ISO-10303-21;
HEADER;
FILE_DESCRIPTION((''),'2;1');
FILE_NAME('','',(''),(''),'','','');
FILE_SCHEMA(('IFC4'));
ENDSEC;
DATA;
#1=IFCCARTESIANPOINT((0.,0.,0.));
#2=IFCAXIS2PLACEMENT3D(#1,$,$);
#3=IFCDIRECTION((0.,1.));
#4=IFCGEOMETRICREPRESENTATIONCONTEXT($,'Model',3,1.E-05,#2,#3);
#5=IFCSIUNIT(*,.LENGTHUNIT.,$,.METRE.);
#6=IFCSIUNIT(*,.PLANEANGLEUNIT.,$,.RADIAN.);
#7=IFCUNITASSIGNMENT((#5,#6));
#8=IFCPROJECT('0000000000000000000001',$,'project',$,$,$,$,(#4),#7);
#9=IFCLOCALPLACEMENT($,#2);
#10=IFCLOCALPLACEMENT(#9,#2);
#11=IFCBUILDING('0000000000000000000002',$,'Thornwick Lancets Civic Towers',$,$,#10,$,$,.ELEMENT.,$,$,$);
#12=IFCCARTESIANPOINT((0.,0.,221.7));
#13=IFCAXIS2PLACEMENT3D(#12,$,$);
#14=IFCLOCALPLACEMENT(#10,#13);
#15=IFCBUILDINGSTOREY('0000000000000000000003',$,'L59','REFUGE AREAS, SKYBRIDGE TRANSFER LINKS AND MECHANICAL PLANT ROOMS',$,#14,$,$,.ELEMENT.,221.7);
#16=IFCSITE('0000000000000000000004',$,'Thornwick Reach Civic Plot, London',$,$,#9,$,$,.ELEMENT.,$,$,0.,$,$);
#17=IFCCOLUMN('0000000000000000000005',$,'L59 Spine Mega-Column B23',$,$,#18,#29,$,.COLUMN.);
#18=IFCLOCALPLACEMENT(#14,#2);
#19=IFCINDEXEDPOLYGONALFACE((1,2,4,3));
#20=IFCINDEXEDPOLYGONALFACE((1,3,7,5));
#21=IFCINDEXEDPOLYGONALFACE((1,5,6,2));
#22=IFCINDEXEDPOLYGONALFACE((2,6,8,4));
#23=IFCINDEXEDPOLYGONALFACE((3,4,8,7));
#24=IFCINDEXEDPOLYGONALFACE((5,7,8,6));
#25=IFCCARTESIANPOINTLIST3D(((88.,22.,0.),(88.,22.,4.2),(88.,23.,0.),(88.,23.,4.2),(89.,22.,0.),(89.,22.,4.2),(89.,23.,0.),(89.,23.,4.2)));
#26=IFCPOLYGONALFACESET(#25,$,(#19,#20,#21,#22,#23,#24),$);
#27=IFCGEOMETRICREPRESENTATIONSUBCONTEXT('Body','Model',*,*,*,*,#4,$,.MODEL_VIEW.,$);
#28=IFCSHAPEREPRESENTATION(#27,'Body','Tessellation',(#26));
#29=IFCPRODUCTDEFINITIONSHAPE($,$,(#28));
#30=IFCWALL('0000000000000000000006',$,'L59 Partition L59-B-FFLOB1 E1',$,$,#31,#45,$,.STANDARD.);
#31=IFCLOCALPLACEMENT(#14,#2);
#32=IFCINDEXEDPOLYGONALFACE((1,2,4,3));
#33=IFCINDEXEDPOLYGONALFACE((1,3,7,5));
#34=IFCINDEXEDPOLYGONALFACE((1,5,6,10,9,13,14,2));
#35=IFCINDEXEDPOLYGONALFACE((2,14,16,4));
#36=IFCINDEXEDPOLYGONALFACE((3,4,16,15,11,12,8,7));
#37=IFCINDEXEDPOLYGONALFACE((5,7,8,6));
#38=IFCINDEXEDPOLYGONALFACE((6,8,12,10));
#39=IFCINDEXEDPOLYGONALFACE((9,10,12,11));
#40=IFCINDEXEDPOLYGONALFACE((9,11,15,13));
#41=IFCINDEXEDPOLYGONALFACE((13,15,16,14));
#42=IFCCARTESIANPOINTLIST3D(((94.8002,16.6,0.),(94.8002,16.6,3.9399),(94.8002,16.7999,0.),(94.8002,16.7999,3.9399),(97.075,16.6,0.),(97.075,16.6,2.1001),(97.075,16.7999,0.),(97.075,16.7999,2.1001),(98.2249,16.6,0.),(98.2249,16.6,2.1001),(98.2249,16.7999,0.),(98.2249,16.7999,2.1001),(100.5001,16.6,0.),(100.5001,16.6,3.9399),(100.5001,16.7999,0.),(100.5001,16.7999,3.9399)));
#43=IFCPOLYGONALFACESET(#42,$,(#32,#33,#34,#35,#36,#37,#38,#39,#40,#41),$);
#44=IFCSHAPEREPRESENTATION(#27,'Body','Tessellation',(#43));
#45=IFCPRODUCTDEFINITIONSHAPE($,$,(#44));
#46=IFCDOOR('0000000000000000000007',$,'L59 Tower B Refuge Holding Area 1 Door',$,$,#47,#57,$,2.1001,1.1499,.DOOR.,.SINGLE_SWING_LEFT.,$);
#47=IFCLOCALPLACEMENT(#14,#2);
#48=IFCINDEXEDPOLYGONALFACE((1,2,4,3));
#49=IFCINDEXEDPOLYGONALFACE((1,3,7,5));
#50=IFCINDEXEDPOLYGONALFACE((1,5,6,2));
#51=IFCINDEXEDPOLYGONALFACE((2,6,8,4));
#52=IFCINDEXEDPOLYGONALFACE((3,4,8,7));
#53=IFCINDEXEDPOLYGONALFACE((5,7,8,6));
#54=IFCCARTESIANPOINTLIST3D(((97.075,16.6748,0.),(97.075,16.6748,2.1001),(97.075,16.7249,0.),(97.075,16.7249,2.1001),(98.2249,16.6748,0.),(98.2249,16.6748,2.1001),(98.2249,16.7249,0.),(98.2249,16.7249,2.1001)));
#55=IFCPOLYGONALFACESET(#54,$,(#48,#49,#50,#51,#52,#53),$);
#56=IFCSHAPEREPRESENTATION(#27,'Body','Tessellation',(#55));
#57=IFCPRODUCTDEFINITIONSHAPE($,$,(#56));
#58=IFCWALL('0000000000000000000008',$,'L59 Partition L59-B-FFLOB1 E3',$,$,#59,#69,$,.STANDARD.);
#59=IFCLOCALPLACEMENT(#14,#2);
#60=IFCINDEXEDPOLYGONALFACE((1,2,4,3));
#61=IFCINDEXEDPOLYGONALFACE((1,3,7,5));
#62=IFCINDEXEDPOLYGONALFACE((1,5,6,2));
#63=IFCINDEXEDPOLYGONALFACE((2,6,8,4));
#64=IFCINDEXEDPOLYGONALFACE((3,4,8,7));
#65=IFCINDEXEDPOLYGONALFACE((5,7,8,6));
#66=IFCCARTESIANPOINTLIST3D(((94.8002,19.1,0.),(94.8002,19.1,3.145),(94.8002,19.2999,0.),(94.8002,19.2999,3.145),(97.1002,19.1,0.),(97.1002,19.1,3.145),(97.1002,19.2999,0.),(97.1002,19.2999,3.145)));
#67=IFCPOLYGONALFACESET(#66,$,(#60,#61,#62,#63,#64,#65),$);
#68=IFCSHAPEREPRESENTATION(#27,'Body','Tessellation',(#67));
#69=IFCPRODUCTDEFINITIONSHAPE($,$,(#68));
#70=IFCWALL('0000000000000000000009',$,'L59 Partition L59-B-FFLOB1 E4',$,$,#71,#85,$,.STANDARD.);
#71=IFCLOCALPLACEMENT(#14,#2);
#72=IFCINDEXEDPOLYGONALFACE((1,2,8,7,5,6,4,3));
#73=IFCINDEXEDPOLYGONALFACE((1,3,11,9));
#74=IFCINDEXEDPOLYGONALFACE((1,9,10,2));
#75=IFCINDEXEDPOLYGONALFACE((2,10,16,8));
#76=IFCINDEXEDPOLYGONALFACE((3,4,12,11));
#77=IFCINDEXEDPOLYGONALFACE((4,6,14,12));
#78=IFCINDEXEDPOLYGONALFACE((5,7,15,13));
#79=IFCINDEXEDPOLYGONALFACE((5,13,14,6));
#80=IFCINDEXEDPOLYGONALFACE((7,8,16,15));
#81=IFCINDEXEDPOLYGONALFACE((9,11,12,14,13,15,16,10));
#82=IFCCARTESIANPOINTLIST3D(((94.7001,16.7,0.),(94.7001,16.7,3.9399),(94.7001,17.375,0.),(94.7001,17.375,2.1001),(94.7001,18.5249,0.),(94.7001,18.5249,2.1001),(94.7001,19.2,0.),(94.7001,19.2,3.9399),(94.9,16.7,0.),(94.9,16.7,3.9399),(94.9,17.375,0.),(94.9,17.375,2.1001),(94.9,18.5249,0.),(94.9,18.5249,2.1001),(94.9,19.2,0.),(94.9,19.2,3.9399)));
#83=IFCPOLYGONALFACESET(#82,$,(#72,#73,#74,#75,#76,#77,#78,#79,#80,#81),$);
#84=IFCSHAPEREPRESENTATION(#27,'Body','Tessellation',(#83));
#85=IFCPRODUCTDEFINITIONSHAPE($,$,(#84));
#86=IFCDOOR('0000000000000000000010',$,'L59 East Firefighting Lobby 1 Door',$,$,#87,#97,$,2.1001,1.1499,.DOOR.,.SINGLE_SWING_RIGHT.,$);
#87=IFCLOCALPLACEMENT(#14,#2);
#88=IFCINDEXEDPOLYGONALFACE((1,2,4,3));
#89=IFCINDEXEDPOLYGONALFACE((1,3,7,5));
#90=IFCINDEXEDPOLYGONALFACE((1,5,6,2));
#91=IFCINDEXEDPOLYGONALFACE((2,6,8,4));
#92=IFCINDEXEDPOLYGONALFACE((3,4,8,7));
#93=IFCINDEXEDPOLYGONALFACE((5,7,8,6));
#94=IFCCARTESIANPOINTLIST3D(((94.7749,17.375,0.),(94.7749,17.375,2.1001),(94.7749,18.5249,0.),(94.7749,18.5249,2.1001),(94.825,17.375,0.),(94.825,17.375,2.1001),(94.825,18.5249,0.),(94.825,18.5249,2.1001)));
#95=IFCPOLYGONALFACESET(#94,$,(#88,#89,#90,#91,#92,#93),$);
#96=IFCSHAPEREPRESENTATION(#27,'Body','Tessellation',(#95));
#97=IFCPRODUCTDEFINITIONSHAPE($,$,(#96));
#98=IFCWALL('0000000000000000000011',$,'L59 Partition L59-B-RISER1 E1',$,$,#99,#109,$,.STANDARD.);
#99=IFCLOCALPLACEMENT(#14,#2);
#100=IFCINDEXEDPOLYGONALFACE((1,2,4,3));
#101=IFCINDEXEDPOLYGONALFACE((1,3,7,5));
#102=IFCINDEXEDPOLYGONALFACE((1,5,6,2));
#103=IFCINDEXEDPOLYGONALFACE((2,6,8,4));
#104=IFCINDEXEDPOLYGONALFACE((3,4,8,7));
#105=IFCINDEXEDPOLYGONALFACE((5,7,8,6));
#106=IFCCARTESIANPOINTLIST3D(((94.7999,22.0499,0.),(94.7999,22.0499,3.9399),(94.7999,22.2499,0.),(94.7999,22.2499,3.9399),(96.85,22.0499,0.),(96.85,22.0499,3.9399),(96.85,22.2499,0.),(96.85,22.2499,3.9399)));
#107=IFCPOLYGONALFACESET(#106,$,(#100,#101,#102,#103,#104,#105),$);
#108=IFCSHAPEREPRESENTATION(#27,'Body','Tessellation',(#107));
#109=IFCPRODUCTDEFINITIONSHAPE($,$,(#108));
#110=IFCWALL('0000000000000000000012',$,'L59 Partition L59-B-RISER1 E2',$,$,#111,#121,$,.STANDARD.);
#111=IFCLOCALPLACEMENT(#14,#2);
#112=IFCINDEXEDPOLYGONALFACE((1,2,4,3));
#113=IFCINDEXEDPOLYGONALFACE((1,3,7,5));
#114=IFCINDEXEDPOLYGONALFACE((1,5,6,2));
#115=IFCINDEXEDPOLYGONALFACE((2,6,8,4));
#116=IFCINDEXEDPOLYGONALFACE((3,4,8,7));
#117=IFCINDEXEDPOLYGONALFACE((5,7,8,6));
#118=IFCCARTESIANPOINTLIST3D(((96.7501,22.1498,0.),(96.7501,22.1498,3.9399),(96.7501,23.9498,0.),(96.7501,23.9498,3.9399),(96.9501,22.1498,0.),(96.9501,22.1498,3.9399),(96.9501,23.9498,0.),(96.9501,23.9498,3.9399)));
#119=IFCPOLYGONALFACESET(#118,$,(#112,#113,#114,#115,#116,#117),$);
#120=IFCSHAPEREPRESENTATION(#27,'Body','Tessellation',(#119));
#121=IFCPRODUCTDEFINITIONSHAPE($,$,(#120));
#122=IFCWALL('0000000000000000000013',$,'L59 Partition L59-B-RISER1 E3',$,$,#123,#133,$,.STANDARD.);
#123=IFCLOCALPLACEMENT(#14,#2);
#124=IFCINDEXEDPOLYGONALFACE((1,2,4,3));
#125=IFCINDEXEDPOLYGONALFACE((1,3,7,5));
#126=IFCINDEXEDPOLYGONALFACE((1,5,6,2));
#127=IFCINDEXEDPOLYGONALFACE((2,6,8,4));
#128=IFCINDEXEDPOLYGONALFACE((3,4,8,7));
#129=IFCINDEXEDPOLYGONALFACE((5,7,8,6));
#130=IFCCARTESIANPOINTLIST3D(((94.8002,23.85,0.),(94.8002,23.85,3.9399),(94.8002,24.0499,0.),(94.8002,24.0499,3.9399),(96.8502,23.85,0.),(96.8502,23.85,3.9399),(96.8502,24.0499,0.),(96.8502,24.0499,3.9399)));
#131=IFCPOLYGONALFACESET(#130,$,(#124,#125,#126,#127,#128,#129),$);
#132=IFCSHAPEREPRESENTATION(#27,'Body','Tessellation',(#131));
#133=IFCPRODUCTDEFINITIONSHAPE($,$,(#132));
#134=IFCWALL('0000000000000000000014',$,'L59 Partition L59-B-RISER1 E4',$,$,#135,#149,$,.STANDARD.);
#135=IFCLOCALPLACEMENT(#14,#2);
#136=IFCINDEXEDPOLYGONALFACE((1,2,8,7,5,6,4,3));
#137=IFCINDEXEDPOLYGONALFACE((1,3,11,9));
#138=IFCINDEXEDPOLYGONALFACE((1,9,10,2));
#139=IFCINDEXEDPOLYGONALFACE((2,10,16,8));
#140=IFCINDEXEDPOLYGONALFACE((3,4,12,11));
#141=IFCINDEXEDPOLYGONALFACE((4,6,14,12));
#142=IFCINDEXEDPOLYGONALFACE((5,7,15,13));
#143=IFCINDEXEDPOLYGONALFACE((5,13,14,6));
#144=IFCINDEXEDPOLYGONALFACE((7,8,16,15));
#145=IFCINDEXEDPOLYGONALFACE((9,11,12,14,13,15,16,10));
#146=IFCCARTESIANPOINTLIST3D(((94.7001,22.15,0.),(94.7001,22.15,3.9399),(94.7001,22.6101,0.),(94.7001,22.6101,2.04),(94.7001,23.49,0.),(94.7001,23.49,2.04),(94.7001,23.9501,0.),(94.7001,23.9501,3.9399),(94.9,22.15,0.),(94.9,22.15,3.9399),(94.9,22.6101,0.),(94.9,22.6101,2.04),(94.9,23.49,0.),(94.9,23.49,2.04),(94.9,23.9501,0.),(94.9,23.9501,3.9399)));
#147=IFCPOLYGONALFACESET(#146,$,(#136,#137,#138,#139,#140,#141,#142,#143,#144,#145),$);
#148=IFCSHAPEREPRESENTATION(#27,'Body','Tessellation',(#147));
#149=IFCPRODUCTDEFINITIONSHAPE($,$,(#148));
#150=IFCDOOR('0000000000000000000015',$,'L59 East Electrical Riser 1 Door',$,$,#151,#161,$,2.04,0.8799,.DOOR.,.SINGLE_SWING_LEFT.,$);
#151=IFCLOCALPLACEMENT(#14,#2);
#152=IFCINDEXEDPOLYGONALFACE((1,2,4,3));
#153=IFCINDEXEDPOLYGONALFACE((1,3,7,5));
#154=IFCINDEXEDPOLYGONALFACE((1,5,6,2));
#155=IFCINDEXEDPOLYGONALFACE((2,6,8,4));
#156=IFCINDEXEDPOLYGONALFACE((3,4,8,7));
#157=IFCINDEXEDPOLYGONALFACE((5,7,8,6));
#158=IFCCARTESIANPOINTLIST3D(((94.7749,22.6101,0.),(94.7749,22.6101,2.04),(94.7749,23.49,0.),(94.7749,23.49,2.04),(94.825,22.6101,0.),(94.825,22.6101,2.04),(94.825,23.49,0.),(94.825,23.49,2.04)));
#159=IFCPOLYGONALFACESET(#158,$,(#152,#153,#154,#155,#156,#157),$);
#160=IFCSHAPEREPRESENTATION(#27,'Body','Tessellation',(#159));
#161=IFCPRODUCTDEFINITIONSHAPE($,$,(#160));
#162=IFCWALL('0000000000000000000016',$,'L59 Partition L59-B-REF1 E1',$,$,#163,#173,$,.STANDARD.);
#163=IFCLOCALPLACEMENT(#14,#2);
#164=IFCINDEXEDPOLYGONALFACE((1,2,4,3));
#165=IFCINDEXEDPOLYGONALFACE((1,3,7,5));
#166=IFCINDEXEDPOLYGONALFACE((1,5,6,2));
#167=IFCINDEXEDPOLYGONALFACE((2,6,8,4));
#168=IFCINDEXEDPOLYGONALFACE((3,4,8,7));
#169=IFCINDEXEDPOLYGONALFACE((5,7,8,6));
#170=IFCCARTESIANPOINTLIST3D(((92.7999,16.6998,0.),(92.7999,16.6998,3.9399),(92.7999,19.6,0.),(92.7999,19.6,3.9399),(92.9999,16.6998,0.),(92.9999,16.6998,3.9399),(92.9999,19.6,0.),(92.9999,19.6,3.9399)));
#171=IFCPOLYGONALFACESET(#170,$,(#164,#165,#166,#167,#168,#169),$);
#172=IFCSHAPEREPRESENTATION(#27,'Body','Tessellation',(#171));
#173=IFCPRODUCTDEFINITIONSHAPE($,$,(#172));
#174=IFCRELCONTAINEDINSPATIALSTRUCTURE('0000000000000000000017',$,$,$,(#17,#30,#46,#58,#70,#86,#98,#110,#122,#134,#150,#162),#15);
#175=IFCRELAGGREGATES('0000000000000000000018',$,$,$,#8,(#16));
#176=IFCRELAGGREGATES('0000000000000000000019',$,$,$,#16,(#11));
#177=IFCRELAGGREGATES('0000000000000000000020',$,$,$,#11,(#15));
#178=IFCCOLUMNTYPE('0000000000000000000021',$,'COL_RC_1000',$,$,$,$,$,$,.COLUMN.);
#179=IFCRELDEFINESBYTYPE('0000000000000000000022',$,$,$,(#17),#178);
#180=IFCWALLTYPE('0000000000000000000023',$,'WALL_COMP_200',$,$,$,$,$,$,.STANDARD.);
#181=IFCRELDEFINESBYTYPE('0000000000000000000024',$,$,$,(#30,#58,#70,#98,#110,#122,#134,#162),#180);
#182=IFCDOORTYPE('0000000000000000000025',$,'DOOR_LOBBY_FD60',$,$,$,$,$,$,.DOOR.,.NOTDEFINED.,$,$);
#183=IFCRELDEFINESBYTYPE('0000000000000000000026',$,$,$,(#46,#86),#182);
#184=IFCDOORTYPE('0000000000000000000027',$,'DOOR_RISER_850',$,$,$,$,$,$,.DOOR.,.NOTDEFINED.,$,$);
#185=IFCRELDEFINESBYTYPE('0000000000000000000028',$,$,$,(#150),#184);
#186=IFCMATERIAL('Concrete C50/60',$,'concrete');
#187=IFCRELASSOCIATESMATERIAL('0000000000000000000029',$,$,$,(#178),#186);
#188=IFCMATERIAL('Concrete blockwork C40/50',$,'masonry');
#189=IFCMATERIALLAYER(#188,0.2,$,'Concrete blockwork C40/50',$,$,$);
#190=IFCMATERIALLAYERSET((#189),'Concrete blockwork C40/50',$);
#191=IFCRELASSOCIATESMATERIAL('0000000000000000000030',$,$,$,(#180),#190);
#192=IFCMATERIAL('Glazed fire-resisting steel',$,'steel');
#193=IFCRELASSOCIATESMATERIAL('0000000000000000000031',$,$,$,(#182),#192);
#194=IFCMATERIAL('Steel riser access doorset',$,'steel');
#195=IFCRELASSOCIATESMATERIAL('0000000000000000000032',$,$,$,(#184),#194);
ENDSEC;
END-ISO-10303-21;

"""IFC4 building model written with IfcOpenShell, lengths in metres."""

from ifc_helpers import new_model, si_unit, direction, frame, frame_2d, origin, origin_2d, place, context, subcontext, project, spatial, rectangle, extrude, material, layer, layer_set, material_profile, profile_set, type_object, element, fill, save


model = new_model("IFC4")

# Units and contexts
model_context = context("Model", 3, precision=1e-05, world=origin(), true_north=direction((0.0, 1.0)))
body_context = subcontext(model_context, "Body", "Model", "MODEL_VIEW")
ifc_project = project(units=[si_unit("LENGTHUNIT", "METRE"), si_unit("PLANEANGLEUNIT", "RADIAN")], contexts=[model_context])

# Site, building, storey
site_placement = place(None, origin())
site = spatial("IfcSite", under=ifc_project, at=site_placement, Name="Thornwick Reach Civic Plot, London", CompositionType="ELEMENT", RefElevation=0.0)
building_placement = place(site_placement, origin())
building = spatial("IfcBuilding", under=site, at=building_placement, Name="Thornwick Lancets Civic Towers", CompositionType="ELEMENT")
storey_placement = place(building_placement, frame((0.0, 0.0, 221.7)))
storey = spatial("IfcBuildingStorey", under=building, at=storey_placement, Name="L59", Description="REFUGE AREAS, SKYBRIDGE TRANSFER LINKS AND MECHANICAL PLANT ROOMS", CompositionType="ELEMENT", Elevation=221.7)

# Column
ifc_material_1 = material(Name="Concrete C50/60", Category="concrete")
ifc_material_profile = material_profile(ifc_material_1, rectangle(XDim=1.0, YDim=1.0, at=origin_2d()), Name="RC 1000x1000")
ifc_profile_set = profile_set([ifc_material_profile], Name="Concrete C50/60")
column_type = type_object("IfcColumnType", Name="COL_RC_1000", PredefinedType="COLUMN", material=ifc_profile_set)
column_placement = place(storey_placement, frame((88.5, 22.5, 0.0), z_axis=(0.0, 0.0, 1.0), x_axis=(1.0, 0.0, 0.0)))
element("IfcColumn", 1, at=column_placement, inside=storey, type_object=column_type, Name="L59 Spine Mega-Column B23", PredefinedType="COLUMN", context=body_context, shape_type="SweptSolid", body=[
    extrude(rectangle(XDim=1.0, YDim=1.0, at=origin_2d()), origin(), (0.0, 0.0, 1.0), 4.2),
])

# Wall, opening, door
ifc_material_2 = material(Name="Concrete blockwork C40/50", Category="masonry")
ifc_layer_1 = layer(ifc_material_2, 0.2, Name="Concrete blockwork C40/50")
ifc_layer_set_1 = layer_set([ifc_layer_1], Name="Concrete blockwork C40/50")
wall_type_1 = type_object("IfcWallType", Name="WALL_COMP_200", PredefinedType="STANDARD", material=ifc_layer_set_1)
wall_1_placement = place(storey_placement, frame((94.8, 16.7, 0.0), z_axis=(0.0, 0.0, 1.0), x_axis=(1.0, 0.0, 0.0)))
wall_1 = element("IfcWall", 2, at=wall_1_placement, inside=storey, type_object=wall_type_1, Name="L59 Partition L59-B-FFLOB1 E1", PredefinedType="STANDARD", context=body_context, shape_type="SweptSolid", body=[
    extrude(rectangle(XDim=5.7, YDim=0.2, at=frame_2d((2.8501, 0.0))), origin(), (0.0, 0.0, 1.0), 3.9399),
])
opening_1_placement = place(wall_1_placement, frame((2.2749, 0.0, 0.0)))
opening_1 = element("IfcOpeningElement", 3, at=opening_1_placement, cuts=wall_1, PredefinedType="OPENING", context=body_context, shape_type="SweptSolid", body=[
    extrude(rectangle(XDim=1.1499, YDim=2.1001, at=frame_2d((0.575, 1.05))), frame((0.0, 0.1099, 0.0), z_axis=(0.0, -1.0, 0.0), x_axis=(1.0, 0.0, 0.0)), (0.0, 0.0, 1.0), 0.22),
])
ifc_material_3 = material(Name="Glazed fire-resisting steel", Category="steel")
door_type_1 = type_object("IfcDoorType", Name="DOOR_LOBBY_FD60", OperationType="NOTDEFINED", PredefinedType="DOOR", material=ifc_material_3)
door_1_placement = place(opening_1_placement, origin())
door_1 = element("IfcDoor", 4, at=door_1_placement, inside=storey, type_object=door_type_1, Name="L59 Tower B Refuge Holding Area 1 Door", OperationType="SINGLE_SWING_LEFT", OverallHeight=2.1001, OverallWidth=1.1499, PredefinedType="DOOR", context=body_context, shape_type="SweptSolid", body=[
    extrude(rectangle(XDim=1.1499, YDim=2.1001, at=frame_2d((0.575, 1.05))), frame((0.0, 0.0249, 0.0), z_axis=(0.0, -1.0, 0.0), x_axis=(1.0, 0.0, 0.0)), (0.0, 0.0, 1.0), 0.05),
])
fill(opening_1, door_1)

# Wall
wall_2_placement = place(storey_placement, frame((97.1001, 19.2, 0.0), z_axis=(0.0, 0.0, 1.0), x_axis=(-1.0, 0.0, 0.0)))
element("IfcWall", 5, at=wall_2_placement, inside=storey, type_object=wall_type_1, Name="L59 Partition L59-B-FFLOB1 E3", PredefinedType="STANDARD", context=body_context, shape_type="SweptSolid", body=[
    extrude(rectangle(XDim=2.3, YDim=0.2, at=frame_2d((1.1499, 0.0))), origin(), (0.0, 0.0, 1.0), 3.145),
])

# Wall, opening, door
wall_3_placement = place(storey_placement, frame((94.8, 19.2, 0.0), z_axis=(0.0, 0.0, 1.0), x_axis=(0.0, -1.0, 0.0)))
wall_3 = element("IfcWall", 6, at=wall_3_placement, inside=storey, type_object=wall_type_1, Name="L59 Partition L59-B-FFLOB1 E4", PredefinedType="STANDARD", context=body_context, shape_type="SweptSolid", body=[
    extrude(rectangle(XDim=2.5, YDim=0.2, at=frame_2d((1.25, 0.0))), origin(), (0.0, 0.0, 1.0), 3.9399),
])
opening_2_placement = place(wall_3_placement, frame((0.675, 0.0, 0.0)))
opening_2 = element("IfcOpeningElement", 7, at=opening_2_placement, cuts=wall_3, PredefinedType="OPENING", context=body_context, shape_type="SweptSolid", body=[
    extrude(rectangle(XDim=1.1499, YDim=2.1001, at=frame_2d((0.575, 1.05))), frame((0.0, 0.1099, 0.0), z_axis=(0.0, -1.0, 0.0), x_axis=(1.0, 0.0, 0.0)), (0.0, 0.0, 1.0), 0.22),
])
door_2_placement = place(opening_2_placement, origin())
door_2 = element("IfcDoor", 8, at=door_2_placement, inside=storey, type_object=door_type_1, Name="L59 East Firefighting Lobby 1 Door", OperationType="SINGLE_SWING_RIGHT", OverallHeight=2.1001, OverallWidth=1.1499, PredefinedType="DOOR", context=body_context, shape_type="SweptSolid", body=[
    extrude(rectangle(XDim=1.1499, YDim=2.1001, at=frame_2d((0.575, 1.05))), frame((0.0, 0.0249, 0.0), z_axis=(0.0, -1.0, 0.0), x_axis=(1.0, 0.0, 0.0)), (0.0, 0.0, 1.0), 0.05),
])
fill(opening_2, door_2)

# Walls
wall_4_placement = place(storey_placement, frame((94.8, 22.1499, 0.0), z_axis=(0.0, 0.0, 1.0), x_axis=(1.0, 0.0, 0.0)))
element("IfcWall", 9, at=wall_4_placement, inside=storey, type_object=wall_type_1, Name="L59 Partition L59-B-RISER1 E1", PredefinedType="STANDARD", context=body_context, shape_type="SweptSolid", body=[
    extrude(rectangle(XDim=2.05, YDim=0.2, at=frame_2d((1.0249, 0.0))), origin(), (0.0, 0.0, 1.0), 3.9399),
])
wall_5_placement = place(storey_placement, frame((96.8501, 22.1499, 0.0), z_axis=(0.0, 0.0, 1.0), x_axis=(0.0, 1.0, 0.0)))
element("IfcWall", 10, at=wall_5_placement, inside=storey, type_object=wall_type_1, Name="L59 Partition L59-B-RISER1 E2", PredefinedType="STANDARD", context=body_context, shape_type="SweptSolid", body=[
    extrude(rectangle(XDim=1.8, YDim=0.2, at=frame_2d((0.8999, 0.0))), origin(), (0.0, 0.0, 1.0), 3.9399),
])
wall_6_placement = place(storey_placement, frame((96.8501, 23.95, 0.0), z_axis=(0.0, 0.0, 1.0), x_axis=(-1.0, 0.0, 0.0)))
element("IfcWall", 11, at=wall_6_placement, inside=storey, type_object=wall_type_1, Name="L59 Partition L59-B-RISER1 E3", PredefinedType="STANDARD", context=body_context, shape_type="SweptSolid", body=[
    extrude(rectangle(XDim=2.05, YDim=0.2, at=frame_2d((1.0249, 0.0))), origin(), (0.0, 0.0, 1.0), 3.9399),
])

# Wall, opening, door
wall_7_placement = place(storey_placement, frame((94.8, 23.95, 0.0), z_axis=(0.0, 0.0, 1.0), x_axis=(0.0, -1.0, 0.0)))
wall_7 = element("IfcWall", 12, at=wall_7_placement, inside=storey, type_object=wall_type_1, Name="L59 Partition L59-B-RISER1 E4", PredefinedType="STANDARD", context=body_context, shape_type="SweptSolid", body=[
    extrude(rectangle(XDim=1.8, YDim=0.2, at=frame_2d((0.8999, 0.0))), origin(), (0.0, 0.0, 1.0), 3.9399),
])
opening_3_placement = place(wall_7_placement, frame((0.46, 0.0, 0.0)))
opening_3 = element("IfcOpeningElement", 13, at=opening_3_placement, cuts=wall_7, PredefinedType="OPENING", context=body_context, shape_type="SweptSolid", body=[
    extrude(rectangle(XDim=0.8799, YDim=2.04, at=frame_2d((0.4399, 1.02))), frame((0.0, 0.1099, 0.0), z_axis=(0.0, -1.0, 0.0), x_axis=(1.0, 0.0, 0.0)), (0.0, 0.0, 1.0), 0.22),
])
ifc_material_4 = material(Name="Steel riser access doorset", Category="steel")
door_type_2 = type_object("IfcDoorType", Name="DOOR_RISER_850", OperationType="NOTDEFINED", PredefinedType="DOOR", material=ifc_material_4)
door_3_placement = place(opening_3_placement, origin())
door_3 = element("IfcDoor", 14, at=door_3_placement, inside=storey, type_object=door_type_2, Name="L59 East Electrical Riser 1 Door", OperationType="SINGLE_SWING_LEFT", OverallHeight=2.04, OverallWidth=0.8799, PredefinedType="DOOR", context=body_context, shape_type="SweptSolid", body=[
    extrude(rectangle(XDim=0.8799, YDim=2.04, at=frame_2d((0.4399, 1.02))), frame((0.0, 0.0249, 0.0), z_axis=(0.0, -1.0, 0.0), x_axis=(1.0, 0.0, 0.0)), (0.0, 0.0, 1.0), 0.05),
])
fill(opening_3, door_3)

# Wall
wall_8_placement = place(storey_placement, frame((92.8999, 19.6001, 0.0), z_axis=(0.0, 0.0, 1.0), x_axis=(0.0, -1.0, 0.0)))
element("IfcWall", 15, at=wall_8_placement, inside=storey, type_object=wall_type_1, Name="L59 Partition L59-B-REF1 E1", PredefinedType="STANDARD", context=body_context, shape_type="SweptSolid", body=[
    extrude(rectangle(XDim=2.9001, YDim=0.2, at=frame_2d((1.4502, 0.0))), origin(), (0.0, 0.0, 1.0), 3.9399),
])

save(model, "model.ifc")
